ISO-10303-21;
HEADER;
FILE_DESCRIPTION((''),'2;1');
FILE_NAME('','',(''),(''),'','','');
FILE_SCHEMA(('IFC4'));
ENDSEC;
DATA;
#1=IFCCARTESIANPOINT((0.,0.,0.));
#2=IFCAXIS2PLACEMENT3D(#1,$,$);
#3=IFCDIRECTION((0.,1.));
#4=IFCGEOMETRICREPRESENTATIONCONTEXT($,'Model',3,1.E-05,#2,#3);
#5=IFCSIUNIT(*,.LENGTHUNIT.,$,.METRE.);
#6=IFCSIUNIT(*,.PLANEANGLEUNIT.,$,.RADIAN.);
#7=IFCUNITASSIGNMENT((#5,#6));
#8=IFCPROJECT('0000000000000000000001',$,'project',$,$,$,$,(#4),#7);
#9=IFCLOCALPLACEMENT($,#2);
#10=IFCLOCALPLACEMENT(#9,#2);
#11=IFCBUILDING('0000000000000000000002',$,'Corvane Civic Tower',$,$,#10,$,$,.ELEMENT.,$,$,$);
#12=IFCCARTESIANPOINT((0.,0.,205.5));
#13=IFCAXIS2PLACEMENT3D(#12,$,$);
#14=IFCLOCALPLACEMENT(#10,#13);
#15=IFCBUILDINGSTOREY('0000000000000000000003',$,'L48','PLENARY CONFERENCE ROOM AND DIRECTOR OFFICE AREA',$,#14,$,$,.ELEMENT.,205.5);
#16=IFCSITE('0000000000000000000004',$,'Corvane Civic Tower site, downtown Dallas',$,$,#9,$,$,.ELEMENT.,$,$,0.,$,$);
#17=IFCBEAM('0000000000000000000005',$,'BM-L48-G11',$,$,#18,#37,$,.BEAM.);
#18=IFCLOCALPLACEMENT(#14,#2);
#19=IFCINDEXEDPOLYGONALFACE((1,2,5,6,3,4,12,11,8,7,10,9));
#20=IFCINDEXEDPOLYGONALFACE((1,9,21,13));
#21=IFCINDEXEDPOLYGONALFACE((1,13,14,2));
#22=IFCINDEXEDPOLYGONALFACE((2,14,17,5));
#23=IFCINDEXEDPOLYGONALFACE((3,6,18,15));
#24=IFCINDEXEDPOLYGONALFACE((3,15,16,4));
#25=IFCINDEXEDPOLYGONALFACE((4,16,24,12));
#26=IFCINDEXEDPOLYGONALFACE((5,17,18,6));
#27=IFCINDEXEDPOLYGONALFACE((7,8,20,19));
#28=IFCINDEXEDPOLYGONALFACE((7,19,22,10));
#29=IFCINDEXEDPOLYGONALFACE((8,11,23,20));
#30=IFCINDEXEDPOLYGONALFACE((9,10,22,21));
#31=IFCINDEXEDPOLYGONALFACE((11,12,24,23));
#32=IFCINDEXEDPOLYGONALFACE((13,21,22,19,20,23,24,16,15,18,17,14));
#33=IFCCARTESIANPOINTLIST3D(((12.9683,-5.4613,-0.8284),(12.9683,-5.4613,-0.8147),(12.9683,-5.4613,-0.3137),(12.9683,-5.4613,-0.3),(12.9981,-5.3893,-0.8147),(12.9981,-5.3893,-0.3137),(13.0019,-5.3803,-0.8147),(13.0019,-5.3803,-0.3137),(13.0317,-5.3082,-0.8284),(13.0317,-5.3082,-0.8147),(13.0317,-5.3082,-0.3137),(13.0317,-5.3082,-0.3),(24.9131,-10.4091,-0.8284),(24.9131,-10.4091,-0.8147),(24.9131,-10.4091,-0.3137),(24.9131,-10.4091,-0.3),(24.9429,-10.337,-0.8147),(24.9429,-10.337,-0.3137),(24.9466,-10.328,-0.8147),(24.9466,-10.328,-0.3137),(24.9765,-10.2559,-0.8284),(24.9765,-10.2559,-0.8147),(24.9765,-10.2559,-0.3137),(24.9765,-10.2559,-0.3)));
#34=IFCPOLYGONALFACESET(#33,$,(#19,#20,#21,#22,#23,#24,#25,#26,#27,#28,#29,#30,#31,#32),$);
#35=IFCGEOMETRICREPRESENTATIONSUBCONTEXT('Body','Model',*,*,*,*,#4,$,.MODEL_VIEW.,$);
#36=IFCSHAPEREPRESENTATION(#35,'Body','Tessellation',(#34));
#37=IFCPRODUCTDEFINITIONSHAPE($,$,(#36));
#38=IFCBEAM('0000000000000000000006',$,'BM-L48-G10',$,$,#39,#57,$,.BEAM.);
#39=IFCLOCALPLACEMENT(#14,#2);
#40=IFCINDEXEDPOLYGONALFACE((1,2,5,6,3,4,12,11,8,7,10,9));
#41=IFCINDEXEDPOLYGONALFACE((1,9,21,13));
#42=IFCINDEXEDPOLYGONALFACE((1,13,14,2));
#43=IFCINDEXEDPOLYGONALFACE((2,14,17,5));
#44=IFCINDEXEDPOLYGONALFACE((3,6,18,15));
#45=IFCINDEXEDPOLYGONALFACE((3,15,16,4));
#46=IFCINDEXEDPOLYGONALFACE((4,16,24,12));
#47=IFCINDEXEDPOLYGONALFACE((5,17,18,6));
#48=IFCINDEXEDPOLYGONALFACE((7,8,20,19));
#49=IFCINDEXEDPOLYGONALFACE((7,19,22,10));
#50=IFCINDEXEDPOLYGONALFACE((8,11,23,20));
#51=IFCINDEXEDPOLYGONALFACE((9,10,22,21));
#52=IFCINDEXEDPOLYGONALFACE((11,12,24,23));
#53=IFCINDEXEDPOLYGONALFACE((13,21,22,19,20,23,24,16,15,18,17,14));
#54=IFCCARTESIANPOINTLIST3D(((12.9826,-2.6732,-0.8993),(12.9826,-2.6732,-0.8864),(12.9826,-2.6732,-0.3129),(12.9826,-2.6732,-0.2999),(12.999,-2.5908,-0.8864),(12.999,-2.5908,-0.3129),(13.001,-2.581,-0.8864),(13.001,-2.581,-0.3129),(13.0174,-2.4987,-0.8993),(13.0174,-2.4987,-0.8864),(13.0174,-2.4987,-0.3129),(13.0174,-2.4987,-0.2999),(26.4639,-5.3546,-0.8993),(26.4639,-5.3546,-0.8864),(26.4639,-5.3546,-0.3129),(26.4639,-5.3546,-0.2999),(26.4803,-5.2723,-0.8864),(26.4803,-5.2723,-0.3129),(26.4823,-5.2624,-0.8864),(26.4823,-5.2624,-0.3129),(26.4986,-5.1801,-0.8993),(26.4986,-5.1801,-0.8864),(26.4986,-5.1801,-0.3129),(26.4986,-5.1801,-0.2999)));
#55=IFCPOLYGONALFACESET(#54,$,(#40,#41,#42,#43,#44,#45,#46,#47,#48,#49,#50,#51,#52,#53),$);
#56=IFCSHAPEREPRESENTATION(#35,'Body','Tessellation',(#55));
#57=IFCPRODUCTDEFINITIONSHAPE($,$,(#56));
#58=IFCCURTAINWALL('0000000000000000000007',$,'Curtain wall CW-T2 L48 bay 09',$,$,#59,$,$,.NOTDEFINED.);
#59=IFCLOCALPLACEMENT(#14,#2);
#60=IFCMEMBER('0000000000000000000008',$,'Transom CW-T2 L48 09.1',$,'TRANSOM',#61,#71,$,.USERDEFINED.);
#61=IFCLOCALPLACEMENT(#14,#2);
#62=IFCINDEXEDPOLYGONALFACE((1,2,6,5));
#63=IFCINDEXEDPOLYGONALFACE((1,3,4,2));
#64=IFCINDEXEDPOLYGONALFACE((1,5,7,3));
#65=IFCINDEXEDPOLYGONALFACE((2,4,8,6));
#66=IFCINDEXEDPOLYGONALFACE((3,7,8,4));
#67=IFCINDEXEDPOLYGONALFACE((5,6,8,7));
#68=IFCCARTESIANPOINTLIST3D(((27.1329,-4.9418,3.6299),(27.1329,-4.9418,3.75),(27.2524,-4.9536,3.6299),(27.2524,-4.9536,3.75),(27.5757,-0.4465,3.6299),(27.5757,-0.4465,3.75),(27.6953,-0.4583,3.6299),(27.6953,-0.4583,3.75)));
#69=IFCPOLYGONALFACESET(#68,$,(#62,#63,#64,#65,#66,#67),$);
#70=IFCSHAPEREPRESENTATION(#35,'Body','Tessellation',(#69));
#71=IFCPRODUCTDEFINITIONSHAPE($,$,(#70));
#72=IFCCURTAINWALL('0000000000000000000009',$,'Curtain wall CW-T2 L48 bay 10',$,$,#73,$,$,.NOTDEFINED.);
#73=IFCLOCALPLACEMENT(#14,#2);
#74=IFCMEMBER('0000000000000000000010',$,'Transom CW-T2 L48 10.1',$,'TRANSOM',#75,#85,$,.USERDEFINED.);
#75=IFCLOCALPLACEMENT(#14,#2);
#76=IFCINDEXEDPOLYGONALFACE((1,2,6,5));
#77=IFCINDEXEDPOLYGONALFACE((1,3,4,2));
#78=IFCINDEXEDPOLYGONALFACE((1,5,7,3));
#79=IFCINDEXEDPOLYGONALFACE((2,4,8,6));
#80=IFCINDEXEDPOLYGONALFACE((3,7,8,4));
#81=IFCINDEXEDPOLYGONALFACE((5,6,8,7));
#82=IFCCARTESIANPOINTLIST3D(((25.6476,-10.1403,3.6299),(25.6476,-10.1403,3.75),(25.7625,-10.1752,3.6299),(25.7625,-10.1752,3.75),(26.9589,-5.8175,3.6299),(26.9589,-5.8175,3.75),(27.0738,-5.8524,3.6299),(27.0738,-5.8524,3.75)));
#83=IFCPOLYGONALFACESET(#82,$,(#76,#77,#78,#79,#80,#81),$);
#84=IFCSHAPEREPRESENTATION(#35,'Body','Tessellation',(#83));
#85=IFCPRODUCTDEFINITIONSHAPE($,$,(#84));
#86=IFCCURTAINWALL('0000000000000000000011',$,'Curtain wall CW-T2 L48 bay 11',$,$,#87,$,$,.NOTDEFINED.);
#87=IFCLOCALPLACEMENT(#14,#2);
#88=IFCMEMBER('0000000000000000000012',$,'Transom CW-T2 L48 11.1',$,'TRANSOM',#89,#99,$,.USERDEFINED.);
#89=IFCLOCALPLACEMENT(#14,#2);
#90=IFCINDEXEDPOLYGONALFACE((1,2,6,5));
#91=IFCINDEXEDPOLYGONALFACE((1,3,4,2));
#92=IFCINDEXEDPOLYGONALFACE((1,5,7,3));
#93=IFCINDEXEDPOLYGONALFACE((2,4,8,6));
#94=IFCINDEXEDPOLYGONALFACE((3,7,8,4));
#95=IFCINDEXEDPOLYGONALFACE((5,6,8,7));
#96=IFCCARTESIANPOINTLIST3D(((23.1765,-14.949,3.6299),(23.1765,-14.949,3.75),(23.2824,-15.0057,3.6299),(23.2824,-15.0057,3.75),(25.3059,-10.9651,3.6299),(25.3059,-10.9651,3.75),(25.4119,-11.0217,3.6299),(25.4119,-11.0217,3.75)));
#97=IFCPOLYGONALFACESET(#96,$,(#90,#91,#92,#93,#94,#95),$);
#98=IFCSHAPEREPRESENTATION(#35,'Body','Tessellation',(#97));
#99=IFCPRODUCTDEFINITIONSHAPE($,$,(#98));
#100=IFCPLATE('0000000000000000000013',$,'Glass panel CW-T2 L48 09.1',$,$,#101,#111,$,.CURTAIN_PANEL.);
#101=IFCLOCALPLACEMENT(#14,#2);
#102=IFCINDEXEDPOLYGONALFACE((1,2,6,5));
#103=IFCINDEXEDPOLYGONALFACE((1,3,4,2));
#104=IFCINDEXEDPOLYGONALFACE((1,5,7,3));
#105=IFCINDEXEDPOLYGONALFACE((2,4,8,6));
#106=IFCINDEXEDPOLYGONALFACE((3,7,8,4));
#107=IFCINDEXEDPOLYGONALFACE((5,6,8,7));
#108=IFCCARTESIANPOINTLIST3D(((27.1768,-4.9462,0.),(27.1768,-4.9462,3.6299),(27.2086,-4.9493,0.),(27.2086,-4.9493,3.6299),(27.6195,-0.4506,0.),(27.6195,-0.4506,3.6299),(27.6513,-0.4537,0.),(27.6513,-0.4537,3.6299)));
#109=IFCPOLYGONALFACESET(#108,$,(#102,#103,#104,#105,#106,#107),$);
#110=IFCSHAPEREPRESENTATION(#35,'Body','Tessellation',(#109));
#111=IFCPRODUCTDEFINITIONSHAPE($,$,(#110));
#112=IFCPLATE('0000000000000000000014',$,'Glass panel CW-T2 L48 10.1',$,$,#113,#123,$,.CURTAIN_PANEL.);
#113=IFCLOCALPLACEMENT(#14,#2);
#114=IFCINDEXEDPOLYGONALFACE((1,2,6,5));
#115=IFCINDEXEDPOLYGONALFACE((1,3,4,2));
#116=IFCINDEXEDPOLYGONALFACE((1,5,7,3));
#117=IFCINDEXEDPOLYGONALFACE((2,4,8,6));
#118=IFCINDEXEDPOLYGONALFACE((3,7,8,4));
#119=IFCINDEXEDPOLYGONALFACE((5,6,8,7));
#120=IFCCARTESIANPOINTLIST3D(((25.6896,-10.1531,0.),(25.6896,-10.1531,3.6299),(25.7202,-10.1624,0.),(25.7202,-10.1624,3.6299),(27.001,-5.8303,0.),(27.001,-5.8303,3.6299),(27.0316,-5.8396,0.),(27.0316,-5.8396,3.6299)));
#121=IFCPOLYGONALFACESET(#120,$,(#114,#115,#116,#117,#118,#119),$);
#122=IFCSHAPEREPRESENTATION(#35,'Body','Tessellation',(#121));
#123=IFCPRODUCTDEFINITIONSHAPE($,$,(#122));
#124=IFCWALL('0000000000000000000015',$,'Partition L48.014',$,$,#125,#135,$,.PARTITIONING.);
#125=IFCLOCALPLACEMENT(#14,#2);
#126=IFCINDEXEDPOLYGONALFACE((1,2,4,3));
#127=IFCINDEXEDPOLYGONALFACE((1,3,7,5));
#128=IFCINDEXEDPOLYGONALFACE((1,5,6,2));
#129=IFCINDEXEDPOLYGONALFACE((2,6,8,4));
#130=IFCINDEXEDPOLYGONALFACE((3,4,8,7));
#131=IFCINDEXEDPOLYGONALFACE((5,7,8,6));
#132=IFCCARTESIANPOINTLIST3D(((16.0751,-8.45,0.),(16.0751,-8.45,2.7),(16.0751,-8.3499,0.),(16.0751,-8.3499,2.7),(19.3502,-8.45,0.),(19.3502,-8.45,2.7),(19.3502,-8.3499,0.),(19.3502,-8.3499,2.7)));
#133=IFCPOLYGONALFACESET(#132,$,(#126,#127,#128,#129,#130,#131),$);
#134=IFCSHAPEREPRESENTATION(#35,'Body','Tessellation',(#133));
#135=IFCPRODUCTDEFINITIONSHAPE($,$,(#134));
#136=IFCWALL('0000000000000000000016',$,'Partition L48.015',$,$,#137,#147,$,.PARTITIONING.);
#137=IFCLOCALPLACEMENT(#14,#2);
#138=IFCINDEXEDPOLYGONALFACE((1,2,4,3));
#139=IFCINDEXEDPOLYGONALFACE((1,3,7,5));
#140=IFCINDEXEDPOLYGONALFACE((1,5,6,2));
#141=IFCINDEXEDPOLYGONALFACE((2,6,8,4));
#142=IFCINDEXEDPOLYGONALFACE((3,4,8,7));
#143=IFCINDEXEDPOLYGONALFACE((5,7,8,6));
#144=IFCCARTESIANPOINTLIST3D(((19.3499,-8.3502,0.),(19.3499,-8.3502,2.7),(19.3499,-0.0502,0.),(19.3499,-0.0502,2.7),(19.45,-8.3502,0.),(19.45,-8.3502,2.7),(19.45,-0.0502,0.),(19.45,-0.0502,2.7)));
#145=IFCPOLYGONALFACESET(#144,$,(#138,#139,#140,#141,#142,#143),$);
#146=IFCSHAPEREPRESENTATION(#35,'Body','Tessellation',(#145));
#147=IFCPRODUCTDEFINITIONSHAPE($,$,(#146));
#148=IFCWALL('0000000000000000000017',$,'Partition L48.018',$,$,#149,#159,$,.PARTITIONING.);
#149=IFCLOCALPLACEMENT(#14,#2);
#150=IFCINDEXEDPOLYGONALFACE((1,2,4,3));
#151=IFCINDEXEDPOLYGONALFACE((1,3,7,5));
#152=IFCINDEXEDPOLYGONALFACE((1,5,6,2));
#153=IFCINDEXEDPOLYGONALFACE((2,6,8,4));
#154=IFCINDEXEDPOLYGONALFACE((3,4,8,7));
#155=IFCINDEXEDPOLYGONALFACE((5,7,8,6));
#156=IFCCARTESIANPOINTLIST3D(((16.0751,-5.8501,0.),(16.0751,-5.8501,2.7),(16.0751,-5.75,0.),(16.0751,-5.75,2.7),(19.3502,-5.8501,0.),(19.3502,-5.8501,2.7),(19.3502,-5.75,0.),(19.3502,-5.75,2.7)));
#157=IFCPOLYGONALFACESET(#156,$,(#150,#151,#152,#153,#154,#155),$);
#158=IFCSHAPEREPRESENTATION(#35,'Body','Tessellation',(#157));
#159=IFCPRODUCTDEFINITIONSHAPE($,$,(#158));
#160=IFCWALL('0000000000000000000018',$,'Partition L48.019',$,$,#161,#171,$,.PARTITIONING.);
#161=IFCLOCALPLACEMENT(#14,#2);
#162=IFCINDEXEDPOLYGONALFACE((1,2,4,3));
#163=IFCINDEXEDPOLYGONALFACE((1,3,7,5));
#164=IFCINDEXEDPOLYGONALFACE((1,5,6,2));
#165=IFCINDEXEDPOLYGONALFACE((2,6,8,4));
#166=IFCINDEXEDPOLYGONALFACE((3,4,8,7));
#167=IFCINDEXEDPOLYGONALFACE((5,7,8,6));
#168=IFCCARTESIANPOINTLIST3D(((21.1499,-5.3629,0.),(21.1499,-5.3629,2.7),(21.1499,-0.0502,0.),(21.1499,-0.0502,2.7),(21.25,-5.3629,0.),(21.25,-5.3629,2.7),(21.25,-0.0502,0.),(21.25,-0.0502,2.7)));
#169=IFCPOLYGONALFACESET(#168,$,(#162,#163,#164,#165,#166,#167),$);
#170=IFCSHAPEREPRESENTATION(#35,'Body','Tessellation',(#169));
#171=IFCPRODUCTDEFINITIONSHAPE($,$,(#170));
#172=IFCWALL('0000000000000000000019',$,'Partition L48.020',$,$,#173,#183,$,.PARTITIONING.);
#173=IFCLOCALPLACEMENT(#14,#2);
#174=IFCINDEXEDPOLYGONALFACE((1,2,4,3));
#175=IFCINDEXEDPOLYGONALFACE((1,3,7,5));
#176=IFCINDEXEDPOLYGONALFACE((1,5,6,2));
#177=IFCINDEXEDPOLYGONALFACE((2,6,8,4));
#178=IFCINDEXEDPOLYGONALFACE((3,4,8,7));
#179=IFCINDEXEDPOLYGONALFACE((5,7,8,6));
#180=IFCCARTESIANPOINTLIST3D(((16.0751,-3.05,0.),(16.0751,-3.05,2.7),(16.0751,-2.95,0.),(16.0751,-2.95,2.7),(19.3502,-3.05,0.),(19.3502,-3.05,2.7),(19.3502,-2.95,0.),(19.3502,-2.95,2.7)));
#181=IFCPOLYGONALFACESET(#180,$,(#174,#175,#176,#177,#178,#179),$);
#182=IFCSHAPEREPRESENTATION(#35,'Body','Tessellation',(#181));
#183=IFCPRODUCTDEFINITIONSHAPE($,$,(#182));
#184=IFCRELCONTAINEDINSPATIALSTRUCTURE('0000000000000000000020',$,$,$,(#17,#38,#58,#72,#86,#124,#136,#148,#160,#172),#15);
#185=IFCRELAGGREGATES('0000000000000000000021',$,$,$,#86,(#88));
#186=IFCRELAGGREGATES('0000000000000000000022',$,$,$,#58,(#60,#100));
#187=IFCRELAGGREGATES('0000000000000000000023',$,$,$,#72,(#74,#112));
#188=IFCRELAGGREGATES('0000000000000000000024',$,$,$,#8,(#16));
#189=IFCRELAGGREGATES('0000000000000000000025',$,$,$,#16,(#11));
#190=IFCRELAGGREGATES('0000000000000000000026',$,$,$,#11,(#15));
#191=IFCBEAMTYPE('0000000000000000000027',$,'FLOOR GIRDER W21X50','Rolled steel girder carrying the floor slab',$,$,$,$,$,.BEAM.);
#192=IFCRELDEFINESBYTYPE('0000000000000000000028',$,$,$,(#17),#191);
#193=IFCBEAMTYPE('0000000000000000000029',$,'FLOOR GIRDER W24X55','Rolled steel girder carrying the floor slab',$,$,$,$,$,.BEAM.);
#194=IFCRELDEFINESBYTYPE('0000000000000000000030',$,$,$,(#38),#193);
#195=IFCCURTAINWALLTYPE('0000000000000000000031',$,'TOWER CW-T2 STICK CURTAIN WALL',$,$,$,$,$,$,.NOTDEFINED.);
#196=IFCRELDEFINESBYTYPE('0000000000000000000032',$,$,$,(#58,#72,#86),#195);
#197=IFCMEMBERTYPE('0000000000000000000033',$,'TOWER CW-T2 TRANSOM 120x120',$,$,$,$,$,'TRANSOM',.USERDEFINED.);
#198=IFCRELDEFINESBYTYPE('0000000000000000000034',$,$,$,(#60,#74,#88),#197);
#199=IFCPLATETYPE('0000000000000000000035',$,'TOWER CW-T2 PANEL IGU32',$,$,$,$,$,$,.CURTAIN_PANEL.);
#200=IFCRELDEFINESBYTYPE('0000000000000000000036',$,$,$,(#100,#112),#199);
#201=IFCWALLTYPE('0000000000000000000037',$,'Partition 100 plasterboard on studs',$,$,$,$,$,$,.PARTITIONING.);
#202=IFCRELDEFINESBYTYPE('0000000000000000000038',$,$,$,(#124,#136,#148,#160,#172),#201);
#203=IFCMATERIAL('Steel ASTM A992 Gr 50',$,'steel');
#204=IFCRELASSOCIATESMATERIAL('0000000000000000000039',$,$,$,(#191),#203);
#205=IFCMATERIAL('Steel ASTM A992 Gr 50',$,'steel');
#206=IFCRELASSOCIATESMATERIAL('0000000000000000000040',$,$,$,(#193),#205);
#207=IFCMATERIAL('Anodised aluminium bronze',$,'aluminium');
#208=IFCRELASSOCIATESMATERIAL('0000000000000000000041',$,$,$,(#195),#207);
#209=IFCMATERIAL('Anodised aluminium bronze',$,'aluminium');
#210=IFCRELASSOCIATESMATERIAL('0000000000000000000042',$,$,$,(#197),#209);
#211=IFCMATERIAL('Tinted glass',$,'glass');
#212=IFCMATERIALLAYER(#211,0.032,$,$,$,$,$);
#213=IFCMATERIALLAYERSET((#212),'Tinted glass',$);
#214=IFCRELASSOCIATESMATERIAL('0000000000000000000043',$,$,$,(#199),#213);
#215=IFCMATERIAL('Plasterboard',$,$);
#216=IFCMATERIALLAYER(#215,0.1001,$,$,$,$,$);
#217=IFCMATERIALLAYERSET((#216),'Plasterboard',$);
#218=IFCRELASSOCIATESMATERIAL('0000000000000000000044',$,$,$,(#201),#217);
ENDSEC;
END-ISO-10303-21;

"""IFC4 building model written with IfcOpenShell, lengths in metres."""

from ifc_helpers import new_model, si_unit, direction, frame, frame_2d, origin, origin_2d, place, context, subcontext, project, spatial, rectangle, i_section, extrude, material, layer, layer_set, material_profile, profile_set, type_object, element, aggregate, save


model = new_model("IFC4")

# Units and contexts
model_context = context("Model", 3, precision=1e-05, world=origin(), true_north=direction((0.0, 1.0)))
body_context = subcontext(model_context, "Body", "Model", "MODEL_VIEW")
ifc_project = project(units=[si_unit("LENGTHUNIT", "METRE"), si_unit("PLANEANGLEUNIT", "RADIAN")], contexts=[model_context])

# Site, building, storey
site_placement = place(None, origin())
site = spatial("IfcSite", under=ifc_project, at=site_placement, Name="Corvane Civic Tower site, downtown Dallas", CompositionType="ELEMENT", RefElevation=0.0)
building_placement = place(site_placement, origin())
building = spatial("IfcBuilding", under=site, at=building_placement, Name="Corvane Civic Tower", CompositionType="ELEMENT")
storey_placement = place(building_placement, frame((0.0, 0.0, 205.5)))
storey = spatial("IfcBuildingStorey", under=building, at=storey_placement, Name="L48", Description="PLENARY CONFERENCE ROOM AND DIRECTOR OFFICE AREA", CompositionType="ELEMENT", Elevation=205.5)

# Beams
ifc_material_1 = material(Name="Steel ASTM A992 Gr 50", Category="steel")
ifc_material_profile_1 = material_profile(ifc_material_1, i_section(OverallWidth=0.1658, OverallDepth=0.5283, WebThickness=0.0098, FlangeThickness=0.0137, at=origin_2d()), Name="W21X50")
ifc_profile_set_1 = profile_set([ifc_material_profile_1], Name="Steel ASTM A992 Gr 50")
beam_type_1 = type_object("IfcBeamType", Name="FLOOR GIRDER W21X50", Description="Rolled steel girder carrying the floor slab", PredefinedType="BEAM", material=ifc_profile_set_1)
beam_1_placement = place(storey_placement, frame((13.0, -5.3848, -0.5642), z_axis=(0.923878, -0.382686, 0.0), x_axis=(0.382686, 0.923878, 0.0)))
element("IfcBeam", 1, at=beam_1_placement, inside=storey, type_object=beam_type_1, Name="BM-L48-G11", PredefinedType="BEAM", context=body_context, shape_type="SweptSolid", body=[
    extrude(i_section(OverallWidth=0.1658, OverallDepth=0.5283, WebThickness=0.0098, FlangeThickness=0.0137, at=origin_2d()), origin(), (0.0, 0.0, 1.0), 12.929),
])
ifc_material_2 = material(Name="Steel ASTM A992 Gr 50", Category="steel")
ifc_material_profile_2 = material_profile(ifc_material_2, i_section(OverallWidth=0.178, OverallDepth=0.5994, WebThickness=0.01, FlangeThickness=0.0129, at=origin_2d()), Name="W24X55")
ifc_profile_set_2 = profile_set([ifc_material_profile_2], Name="Steel ASTM A992 Gr 50")
beam_type_2 = type_object("IfcBeamType", Name="FLOOR GIRDER W24X55", Description="Rolled steel girder carrying the floor slab", PredefinedType="BEAM", material=ifc_profile_set_2)
beam_2_placement = place(storey_placement, frame((13.0, -2.5859, -0.5996), z_axis=(0.980788, -0.195078, 0.0), x_axis=(0.195078, 0.980788, 0.0)))
element("IfcBeam", 2, at=beam_2_placement, inside=storey, type_object=beam_type_2, Name="BM-L48-G10", PredefinedType="BEAM", context=body_context, shape_type="SweptSolid", body=[
    extrude(i_section(OverallWidth=0.178, OverallDepth=0.5994, WebThickness=0.01, FlangeThickness=0.0129, at=origin_2d()), origin(), (0.0, 0.0, 1.0), 13.7454),
])

# Curtain walls, members
ifc_material_3 = material(Name="Anodised aluminium bronze", Category="aluminium")
curtain_wall_type = type_object("IfcCurtainWallType", Name="TOWER CW-T2 STICK CURTAIN WALL", PredefinedType="NOTDEFINED", material=ifc_material_3)
curtain_wall_1_placement = place(storey_placement, origin())
curtain_wall_1 = element("IfcCurtainWall", 3, at=curtain_wall_1_placement, inside=storey, type_object=curtain_wall_type, Name="Curtain wall CW-T2 L48 bay 09", PredefinedType="NOTDEFINED")
ifc_material_4 = material(Name="Anodised aluminium bronze", Category="aluminium")
ifc_material_profile_3 = material_profile(ifc_material_4, rectangle(XDim=0.1201, YDim=0.1201, at=origin_2d()), Name="TOWER CW-T2 TRANSOM 120x120")
ifc_profile_set_3 = profile_set([ifc_material_profile_3], Name="Anodised aluminium bronze")
member_type = type_object("IfcMemberType", Name="TOWER CW-T2 TRANSOM 120x120", ElementType="TRANSOM", PredefinedType="USERDEFINED", material=ifc_profile_set_3)
member_1_placement = place(storey_placement, frame((27.6355, -0.4524, 3.6899), z_axis=(-0.098043, -0.995182, 0.0), x_axis=(0.995182, -0.098043, 0.0)))
member_1 = element("IfcMember", 4, at=member_1_placement, type_object=member_type, Name="Transom CW-T2 L48 09.1", ObjectType="TRANSOM", PredefinedType="USERDEFINED", context=body_context, shape_type="SweptSolid", body=[
    extrude(rectangle(XDim=0.1201, YDim=0.1201, at=origin_2d()), origin(), (0.0, 0.0, 1.0), 4.5171),
])
curtain_wall_2_placement = place(storey_placement, origin())
curtain_wall_2 = element("IfcCurtainWall", 5, at=curtain_wall_2_placement, inside=storey, type_object=curtain_wall_type, Name="Curtain wall CW-T2 L48 bay 10", PredefinedType="NOTDEFINED")
member_2_placement = place(storey_placement, frame((27.0164, -5.835, 3.6899), z_axis=(-0.290282, -0.956941, 0.0), x_axis=(0.956941, -0.290282, 0.0)))
member_2 = element("IfcMember", 6, at=member_2_placement, type_object=member_type, Name="Transom CW-T2 L48 10.1", ObjectType="TRANSOM", PredefinedType="USERDEFINED", context=body_context, shape_type="SweptSolid", body=[
    extrude(rectangle(XDim=0.1201, YDim=0.1201, at=origin_2d()), origin(), (0.0, 0.0, 1.0), 4.5173),
])
curtain_wall_3_placement = place(storey_placement, origin())
curtain_wall_3 = element("IfcCurtainWall", 7, at=curtain_wall_3_placement, inside=storey, type_object=curtain_wall_type, Name="Curtain wall CW-T2 L48 bay 11", PredefinedType="NOTDEFINED")
member_3_placement = place(storey_placement, frame((25.3589, -10.9934, 3.6899), z_axis=(-0.47139, -0.881925, 0.0), x_axis=(0.881925, -0.47139, 0.0)))
member_3 = element("IfcMember", 8, at=member_3_placement, type_object=member_type, Name="Transom CW-T2 L48 11.1", ObjectType="TRANSOM", PredefinedType="USERDEFINED", context=body_context, shape_type="SweptSolid", body=[
    extrude(rectangle(XDim=0.1201, YDim=0.1201, at=origin_2d()), origin(), (0.0, 0.0, 1.0), 4.5173),
])
aggregate(curtain_wall_3, [member_3])

# Plates
ifc_material_5 = material(Name="Tinted glass", Category="glass")
ifc_layer_1 = layer(ifc_material_5, 0.032)
ifc_layer_set_1 = layer_set([ifc_layer_1], Name="Tinted glass")
plate_type = type_object("IfcPlateType", Name="TOWER CW-T2 PANEL IGU32", PredefinedType="CURTAIN_PANEL", material=ifc_layer_set_1)
plate_1_placement = place(storey_placement, frame((27.4141, -2.7, 0.0), z_axis=(0.0, 0.0, 1.0), x_axis=(-0.097993, -0.995187, 0.0)))
plate_1 = element("IfcPlate", 9, at=plate_1_placement, type_object=plate_type, Name="Glass panel CW-T2 L48 09.1", PredefinedType="CURTAIN_PANEL", context=body_context, shape_type="SweptSolid", body=[
    extrude(rectangle(XDim=4.5173, YDim=0.032, at=origin_2d()), origin(), (0.0, 0.0, 1.0), 3.6299),
])
aggregate(curtain_wall_1, [member_1, plate_1])
plate_2_placement = place(storey_placement, frame((26.3606, -7.9963, 0.0), z_axis=(0.0, 0.0, 1.0), x_axis=(-0.29029, -0.956939, 0.0)))
plate_2 = element("IfcPlate", 10, at=plate_2_placement, type_object=plate_type, Name="Glass panel CW-T2 L48 10.1", PredefinedType="CURTAIN_PANEL", context=body_context, shape_type="SweptSolid", body=[
    extrude(rectangle(XDim=4.5173, YDim=0.032, at=origin_2d()), origin(), (0.0, 0.0, 1.0), 3.6299),
])
aggregate(curtain_wall_2, [member_2, plate_2])

# Walls
ifc_material_6 = material(Name="Plasterboard")
ifc_layer_2 = layer(ifc_material_6, 0.1001)
ifc_layer_set_2 = layer_set([ifc_layer_2], Name="Plasterboard")
wall_type = type_object("IfcWallType", Name="Partition 100 plasterboard on studs", PredefinedType="PARTITIONING", material=ifc_layer_set_2)
wall_1_placement = place(storey_placement, frame((16.075, -8.3999, 0.0), z_axis=(0.0, 0.0, 1.0), x_axis=(1.0, 0.0, 0.0)))
element("IfcWall", 11, at=wall_1_placement, inside=storey, type_object=wall_type, Name="Partition L48.014", PredefinedType="PARTITIONING", context=body_context, shape_type="SweptSolid", body=[
    extrude(rectangle(XDim=3.2751, YDim=0.1001, at=frame_2d((1.6377, 0.0))), origin(), (0.0, 0.0, 1.0), 2.7),
])
wall_2_placement = place(storey_placement, frame((19.3999, -8.3501, 0.0), z_axis=(0.0, 0.0, 1.0), x_axis=(0.0, 1.0, 0.0)))
element("IfcWall", 12, at=wall_2_placement, inside=storey, type_object=wall_type, Name="Partition L48.015", PredefinedType="PARTITIONING", context=body_context, shape_type="SweptSolid", body=[
    extrude(rectangle(XDim=8.3, YDim=0.1001, at=frame_2d((4.1499, 0.0))), origin(), (0.0, 0.0, 1.0), 2.7),
])
wall_3_placement = place(storey_placement, frame((16.075, -5.8, 0.0), z_axis=(0.0, 0.0, 1.0), x_axis=(1.0, 0.0, 0.0)))
element("IfcWall", 13, at=wall_3_placement, inside=storey, type_object=wall_type, Name="Partition L48.018", PredefinedType="PARTITIONING", context=body_context, shape_type="SweptSolid", body=[
    extrude(rectangle(XDim=3.2751, YDim=0.1001, at=frame_2d((1.6377, 0.0))), origin(), (0.0, 0.0, 1.0), 2.7),
])
wall_4_placement = place(storey_placement, frame((21.2, -5.3628, 0.0), z_axis=(0.0, 0.0, 1.0), x_axis=(0.0, 1.0, 0.0)))
element("IfcWall", 14, at=wall_4_placement, inside=storey, type_object=wall_type, Name="Partition L48.019", PredefinedType="PARTITIONING", context=body_context, shape_type="SweptSolid", body=[
    extrude(rectangle(XDim=5.3127, YDim=0.1001, at=frame_2d((2.6562, 0.0))), origin(), (0.0, 0.0, 1.0), 2.7),
])
wall_5_placement = place(storey_placement, frame((16.075, -3.0, 0.0), z_axis=(0.0, 0.0, 1.0), x_axis=(1.0, 0.0, 0.0)))
element("IfcWall", 15, at=wall_5_placement, inside=storey, type_object=wall_type, Name="Partition L48.020", PredefinedType="PARTITIONING", context=body_context, shape_type="SweptSolid", body=[
    extrude(rectangle(XDim=3.2751, YDim=0.1001, at=frame_2d((1.6377, 0.0))), origin(), (0.0, 0.0, 1.0), 2.7),
])

save(model, "model.ifc")
